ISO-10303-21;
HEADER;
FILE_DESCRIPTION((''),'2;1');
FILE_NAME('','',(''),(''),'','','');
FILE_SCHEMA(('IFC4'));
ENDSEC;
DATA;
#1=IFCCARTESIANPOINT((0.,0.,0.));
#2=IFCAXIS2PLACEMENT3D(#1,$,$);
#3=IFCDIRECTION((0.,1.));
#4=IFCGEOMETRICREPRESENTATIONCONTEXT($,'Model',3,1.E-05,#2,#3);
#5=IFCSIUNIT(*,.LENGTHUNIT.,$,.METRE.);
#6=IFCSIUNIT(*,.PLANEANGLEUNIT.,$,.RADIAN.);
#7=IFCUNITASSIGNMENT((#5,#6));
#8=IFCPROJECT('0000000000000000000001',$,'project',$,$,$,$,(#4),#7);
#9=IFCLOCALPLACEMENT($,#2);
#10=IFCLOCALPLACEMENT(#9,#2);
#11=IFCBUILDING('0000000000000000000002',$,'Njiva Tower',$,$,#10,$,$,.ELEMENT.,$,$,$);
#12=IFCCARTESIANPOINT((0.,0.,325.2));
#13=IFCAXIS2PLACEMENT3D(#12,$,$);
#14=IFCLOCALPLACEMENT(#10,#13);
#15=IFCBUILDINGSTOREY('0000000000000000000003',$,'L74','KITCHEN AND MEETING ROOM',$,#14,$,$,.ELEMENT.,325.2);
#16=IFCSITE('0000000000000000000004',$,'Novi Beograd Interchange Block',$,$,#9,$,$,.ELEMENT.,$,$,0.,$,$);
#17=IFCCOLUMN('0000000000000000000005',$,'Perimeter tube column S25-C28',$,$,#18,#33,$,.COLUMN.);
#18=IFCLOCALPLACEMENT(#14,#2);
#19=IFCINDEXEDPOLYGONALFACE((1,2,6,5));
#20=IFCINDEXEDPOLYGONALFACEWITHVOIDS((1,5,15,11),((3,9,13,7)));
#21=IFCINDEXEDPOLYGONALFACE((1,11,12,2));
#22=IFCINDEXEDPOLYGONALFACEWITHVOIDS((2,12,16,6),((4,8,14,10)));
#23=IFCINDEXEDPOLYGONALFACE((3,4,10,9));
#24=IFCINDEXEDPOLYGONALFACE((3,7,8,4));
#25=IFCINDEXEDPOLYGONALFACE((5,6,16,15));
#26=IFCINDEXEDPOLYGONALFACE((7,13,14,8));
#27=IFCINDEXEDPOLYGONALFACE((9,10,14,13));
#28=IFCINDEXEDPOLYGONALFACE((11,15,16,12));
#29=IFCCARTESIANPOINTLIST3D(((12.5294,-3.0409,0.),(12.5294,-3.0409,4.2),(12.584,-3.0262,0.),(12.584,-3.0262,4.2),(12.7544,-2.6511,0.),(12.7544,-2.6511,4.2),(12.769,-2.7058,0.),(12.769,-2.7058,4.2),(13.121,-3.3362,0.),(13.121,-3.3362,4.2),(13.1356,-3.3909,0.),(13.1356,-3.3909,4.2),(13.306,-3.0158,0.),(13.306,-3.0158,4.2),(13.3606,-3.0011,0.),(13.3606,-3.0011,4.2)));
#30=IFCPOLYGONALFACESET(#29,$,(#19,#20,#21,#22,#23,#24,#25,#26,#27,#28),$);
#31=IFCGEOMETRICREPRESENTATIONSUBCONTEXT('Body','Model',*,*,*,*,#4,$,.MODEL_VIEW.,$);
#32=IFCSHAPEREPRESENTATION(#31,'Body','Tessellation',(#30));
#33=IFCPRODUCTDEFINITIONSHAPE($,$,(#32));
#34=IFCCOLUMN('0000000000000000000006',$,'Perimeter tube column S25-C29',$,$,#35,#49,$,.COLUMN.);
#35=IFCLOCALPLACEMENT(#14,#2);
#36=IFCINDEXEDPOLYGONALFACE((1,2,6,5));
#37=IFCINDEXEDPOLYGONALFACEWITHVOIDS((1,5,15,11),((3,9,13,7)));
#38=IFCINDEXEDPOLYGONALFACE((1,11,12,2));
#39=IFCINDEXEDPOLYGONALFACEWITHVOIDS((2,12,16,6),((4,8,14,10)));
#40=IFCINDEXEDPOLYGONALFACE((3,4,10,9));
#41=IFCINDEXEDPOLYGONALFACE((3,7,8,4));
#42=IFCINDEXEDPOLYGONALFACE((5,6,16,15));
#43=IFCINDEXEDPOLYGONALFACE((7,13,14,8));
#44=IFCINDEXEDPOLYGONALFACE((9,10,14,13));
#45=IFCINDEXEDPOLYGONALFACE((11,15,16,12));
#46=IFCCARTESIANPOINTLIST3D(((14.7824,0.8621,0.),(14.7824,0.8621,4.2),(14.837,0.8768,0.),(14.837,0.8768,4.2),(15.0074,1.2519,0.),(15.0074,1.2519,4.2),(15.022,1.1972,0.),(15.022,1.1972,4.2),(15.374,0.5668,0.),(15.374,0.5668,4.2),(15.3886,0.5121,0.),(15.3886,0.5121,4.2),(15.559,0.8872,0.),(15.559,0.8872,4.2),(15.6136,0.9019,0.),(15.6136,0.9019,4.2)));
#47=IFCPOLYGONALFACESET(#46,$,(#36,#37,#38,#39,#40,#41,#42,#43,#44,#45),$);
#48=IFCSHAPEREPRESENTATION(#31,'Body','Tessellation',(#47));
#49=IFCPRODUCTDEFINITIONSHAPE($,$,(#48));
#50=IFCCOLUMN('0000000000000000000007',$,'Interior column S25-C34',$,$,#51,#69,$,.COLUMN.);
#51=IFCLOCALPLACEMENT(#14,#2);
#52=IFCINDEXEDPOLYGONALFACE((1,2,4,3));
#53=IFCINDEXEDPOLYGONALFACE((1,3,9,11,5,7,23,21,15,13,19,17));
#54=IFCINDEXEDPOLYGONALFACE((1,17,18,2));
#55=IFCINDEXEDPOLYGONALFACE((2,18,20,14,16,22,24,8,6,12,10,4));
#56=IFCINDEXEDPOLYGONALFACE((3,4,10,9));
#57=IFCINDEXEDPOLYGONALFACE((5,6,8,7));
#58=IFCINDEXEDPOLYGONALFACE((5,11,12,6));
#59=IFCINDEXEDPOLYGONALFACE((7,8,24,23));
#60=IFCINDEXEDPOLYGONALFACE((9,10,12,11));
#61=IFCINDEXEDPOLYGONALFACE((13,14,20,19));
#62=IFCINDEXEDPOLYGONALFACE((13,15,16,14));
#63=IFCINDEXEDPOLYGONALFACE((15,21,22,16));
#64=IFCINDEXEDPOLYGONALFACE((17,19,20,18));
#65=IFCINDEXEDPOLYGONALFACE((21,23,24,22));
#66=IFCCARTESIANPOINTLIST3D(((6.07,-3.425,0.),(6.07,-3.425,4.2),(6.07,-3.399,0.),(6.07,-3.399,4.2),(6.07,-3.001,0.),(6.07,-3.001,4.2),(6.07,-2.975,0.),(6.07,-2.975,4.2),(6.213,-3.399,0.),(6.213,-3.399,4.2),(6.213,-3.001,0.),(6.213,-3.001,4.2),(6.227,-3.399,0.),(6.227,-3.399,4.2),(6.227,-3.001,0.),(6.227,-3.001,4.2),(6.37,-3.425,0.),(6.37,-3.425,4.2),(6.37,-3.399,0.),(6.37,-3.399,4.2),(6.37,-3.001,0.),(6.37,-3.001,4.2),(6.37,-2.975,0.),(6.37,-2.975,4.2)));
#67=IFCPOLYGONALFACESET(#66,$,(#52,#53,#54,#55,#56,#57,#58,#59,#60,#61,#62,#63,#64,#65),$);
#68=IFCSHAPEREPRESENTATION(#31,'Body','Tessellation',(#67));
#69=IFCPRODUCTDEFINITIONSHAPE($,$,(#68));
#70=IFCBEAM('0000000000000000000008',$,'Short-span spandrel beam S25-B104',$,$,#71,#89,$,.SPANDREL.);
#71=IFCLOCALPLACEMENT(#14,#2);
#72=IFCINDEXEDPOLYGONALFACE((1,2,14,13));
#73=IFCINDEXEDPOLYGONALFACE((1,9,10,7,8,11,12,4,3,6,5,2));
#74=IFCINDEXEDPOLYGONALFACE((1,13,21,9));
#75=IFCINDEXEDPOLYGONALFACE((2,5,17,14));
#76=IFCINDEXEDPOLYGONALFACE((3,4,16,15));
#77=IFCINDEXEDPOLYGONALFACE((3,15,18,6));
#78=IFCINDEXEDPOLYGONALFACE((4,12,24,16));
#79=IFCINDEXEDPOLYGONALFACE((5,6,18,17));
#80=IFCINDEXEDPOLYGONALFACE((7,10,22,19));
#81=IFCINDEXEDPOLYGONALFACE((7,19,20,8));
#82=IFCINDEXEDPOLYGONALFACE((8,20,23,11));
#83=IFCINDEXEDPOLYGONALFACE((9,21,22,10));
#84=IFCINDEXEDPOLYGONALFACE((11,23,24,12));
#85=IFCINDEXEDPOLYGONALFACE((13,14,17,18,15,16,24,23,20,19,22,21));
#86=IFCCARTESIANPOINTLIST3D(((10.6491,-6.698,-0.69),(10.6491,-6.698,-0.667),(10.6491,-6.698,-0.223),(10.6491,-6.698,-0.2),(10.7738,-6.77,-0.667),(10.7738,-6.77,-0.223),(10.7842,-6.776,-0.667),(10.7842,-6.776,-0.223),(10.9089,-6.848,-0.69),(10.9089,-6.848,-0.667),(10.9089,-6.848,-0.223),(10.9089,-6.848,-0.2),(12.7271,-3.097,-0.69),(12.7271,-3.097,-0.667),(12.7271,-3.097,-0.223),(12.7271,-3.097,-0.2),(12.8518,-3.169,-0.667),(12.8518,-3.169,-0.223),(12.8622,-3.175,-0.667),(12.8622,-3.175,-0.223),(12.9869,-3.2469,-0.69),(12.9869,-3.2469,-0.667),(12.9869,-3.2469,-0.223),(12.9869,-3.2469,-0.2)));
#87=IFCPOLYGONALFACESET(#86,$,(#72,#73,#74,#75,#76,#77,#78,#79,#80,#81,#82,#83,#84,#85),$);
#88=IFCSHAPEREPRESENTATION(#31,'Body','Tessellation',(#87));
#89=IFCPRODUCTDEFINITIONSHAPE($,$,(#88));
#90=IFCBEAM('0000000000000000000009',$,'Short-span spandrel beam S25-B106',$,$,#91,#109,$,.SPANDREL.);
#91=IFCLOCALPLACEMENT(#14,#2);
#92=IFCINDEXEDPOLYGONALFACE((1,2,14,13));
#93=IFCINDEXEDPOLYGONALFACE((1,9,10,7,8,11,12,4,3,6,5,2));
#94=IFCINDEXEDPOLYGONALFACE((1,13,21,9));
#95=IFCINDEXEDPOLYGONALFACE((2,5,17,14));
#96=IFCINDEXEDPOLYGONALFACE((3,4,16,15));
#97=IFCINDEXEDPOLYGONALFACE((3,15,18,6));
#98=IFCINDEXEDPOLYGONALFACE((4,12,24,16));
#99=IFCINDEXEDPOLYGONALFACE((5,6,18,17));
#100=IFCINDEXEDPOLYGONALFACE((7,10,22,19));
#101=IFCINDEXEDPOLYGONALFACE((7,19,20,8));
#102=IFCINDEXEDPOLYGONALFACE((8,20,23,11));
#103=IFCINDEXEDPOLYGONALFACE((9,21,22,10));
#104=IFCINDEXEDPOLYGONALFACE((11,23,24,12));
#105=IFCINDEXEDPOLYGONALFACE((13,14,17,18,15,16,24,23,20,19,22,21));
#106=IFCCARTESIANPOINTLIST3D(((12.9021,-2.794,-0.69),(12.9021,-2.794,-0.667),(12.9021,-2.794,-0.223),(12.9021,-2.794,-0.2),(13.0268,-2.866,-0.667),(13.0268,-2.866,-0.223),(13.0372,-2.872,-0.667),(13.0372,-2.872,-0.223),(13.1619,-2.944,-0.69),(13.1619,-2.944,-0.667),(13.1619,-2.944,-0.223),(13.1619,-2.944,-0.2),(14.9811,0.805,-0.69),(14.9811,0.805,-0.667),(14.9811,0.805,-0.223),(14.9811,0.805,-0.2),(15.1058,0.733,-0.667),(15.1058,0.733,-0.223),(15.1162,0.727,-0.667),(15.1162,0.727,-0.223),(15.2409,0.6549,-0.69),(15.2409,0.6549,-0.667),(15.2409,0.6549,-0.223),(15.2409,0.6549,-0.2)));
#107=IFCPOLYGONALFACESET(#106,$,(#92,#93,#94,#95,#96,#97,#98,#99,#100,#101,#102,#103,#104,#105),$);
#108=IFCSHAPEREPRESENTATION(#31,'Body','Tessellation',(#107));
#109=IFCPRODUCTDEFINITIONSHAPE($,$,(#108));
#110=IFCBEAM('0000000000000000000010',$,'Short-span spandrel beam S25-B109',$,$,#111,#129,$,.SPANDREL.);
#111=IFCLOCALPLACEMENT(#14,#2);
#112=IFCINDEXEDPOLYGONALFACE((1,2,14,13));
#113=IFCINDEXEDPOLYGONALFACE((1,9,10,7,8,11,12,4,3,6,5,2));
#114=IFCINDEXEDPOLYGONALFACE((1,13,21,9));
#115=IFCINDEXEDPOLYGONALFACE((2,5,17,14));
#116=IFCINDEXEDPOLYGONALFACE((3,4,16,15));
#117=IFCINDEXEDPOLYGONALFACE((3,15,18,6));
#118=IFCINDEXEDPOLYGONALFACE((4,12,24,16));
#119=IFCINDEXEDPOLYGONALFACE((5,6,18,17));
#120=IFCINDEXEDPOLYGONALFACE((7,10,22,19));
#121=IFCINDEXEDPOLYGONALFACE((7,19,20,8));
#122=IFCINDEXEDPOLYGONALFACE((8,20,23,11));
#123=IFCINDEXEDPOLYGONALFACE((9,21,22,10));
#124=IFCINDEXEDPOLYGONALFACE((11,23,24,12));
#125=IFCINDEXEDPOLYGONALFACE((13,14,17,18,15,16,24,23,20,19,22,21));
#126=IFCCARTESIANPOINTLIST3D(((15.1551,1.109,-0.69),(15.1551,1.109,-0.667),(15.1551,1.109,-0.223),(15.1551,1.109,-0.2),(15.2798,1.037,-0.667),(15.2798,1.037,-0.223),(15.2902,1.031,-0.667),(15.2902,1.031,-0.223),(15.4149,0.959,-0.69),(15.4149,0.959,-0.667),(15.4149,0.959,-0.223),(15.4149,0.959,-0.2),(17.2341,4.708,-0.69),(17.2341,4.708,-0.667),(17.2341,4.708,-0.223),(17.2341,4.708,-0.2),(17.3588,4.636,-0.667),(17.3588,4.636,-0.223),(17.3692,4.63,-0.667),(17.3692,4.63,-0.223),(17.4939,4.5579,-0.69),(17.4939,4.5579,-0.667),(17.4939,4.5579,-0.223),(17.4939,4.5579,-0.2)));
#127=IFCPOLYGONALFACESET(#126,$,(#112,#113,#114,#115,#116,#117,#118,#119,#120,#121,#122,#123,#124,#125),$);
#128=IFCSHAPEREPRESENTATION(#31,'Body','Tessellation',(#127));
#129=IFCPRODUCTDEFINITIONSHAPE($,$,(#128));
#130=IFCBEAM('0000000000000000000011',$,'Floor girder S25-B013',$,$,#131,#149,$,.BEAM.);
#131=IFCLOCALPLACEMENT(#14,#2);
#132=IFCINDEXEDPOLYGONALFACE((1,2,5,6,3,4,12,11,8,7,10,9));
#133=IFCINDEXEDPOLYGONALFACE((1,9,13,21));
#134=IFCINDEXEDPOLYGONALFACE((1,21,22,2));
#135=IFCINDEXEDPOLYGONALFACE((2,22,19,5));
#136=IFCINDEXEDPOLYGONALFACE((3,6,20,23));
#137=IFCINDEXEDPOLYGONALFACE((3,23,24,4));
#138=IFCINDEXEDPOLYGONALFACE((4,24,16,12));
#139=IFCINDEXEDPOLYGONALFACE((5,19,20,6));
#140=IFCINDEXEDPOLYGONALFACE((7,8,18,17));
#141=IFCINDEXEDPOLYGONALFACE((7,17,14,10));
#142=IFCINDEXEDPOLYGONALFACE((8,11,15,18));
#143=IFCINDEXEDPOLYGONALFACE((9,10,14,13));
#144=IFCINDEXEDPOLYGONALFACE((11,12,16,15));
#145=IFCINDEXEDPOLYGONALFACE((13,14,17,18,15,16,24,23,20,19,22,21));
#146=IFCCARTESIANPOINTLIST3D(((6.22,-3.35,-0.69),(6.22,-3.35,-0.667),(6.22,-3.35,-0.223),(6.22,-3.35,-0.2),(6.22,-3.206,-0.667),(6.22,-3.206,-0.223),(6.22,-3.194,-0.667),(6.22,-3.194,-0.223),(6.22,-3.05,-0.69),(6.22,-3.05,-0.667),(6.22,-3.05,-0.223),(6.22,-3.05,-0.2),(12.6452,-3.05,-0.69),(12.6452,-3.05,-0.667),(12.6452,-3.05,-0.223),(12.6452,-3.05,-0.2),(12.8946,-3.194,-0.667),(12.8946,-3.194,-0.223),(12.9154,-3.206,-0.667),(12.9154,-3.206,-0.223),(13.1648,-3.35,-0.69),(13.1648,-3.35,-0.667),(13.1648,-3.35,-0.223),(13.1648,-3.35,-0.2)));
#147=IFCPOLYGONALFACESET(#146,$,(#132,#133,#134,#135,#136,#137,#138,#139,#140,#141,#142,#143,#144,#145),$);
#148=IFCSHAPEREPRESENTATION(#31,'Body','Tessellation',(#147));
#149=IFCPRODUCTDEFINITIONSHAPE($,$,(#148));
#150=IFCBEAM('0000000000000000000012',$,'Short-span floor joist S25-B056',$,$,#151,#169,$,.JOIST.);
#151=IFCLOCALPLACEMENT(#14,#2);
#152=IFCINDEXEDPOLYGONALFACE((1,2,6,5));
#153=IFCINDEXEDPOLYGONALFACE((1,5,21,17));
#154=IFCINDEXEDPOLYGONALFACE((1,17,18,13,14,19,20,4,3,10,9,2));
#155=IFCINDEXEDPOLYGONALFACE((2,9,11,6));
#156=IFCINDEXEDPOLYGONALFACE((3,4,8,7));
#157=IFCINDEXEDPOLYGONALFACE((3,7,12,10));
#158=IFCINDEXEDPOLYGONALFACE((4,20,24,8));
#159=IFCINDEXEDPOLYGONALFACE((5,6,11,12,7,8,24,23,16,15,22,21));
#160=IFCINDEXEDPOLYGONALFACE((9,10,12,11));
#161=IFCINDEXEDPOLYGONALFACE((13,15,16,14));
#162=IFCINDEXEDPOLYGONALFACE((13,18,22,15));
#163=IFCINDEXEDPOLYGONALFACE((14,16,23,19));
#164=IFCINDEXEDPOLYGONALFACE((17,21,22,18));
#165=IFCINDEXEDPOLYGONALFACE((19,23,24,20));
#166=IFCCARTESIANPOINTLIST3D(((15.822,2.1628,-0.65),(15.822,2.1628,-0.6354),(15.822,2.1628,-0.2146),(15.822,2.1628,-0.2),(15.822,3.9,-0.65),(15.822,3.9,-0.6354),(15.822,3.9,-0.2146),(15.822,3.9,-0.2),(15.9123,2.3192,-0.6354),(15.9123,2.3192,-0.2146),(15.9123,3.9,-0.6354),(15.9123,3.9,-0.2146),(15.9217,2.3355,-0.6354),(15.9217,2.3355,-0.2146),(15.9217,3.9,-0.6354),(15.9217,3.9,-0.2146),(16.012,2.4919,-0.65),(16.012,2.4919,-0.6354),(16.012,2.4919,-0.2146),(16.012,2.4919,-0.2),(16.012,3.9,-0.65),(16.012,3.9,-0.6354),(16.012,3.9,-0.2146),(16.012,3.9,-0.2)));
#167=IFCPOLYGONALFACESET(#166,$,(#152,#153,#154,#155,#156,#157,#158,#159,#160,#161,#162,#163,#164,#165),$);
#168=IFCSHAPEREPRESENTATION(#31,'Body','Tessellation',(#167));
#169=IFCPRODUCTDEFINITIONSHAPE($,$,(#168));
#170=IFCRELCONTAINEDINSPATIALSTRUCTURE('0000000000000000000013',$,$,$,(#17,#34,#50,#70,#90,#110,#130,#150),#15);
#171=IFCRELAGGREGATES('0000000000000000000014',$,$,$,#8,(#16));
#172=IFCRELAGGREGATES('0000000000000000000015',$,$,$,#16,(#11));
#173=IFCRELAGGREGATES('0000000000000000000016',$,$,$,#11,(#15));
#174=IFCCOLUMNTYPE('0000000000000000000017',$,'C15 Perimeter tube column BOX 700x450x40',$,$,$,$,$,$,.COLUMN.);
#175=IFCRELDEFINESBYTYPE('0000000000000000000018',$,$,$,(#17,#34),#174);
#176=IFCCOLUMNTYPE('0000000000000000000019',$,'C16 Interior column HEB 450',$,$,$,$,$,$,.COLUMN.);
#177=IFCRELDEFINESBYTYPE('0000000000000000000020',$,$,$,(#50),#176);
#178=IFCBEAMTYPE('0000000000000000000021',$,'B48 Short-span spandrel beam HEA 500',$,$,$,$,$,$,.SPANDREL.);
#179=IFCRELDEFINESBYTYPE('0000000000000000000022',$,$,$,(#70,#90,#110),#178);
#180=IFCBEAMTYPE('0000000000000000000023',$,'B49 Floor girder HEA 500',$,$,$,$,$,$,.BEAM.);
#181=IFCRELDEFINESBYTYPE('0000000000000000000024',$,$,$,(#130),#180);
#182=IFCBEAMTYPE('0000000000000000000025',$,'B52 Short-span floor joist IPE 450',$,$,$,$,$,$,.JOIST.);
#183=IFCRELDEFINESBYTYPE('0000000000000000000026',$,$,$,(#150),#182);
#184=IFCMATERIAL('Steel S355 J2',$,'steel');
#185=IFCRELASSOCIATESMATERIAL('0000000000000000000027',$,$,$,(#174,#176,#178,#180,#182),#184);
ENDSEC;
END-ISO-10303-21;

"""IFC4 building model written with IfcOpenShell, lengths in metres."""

from ifc_helpers import new_model, si_unit, direction, frame, origin, origin_2d, place, context, subcontext, project, spatial, hollow_rectangle, i_section, extrude, clip, halfspace, material, material_profile, profile_set, type_object, element, save


model = new_model("IFC4")

# Units and contexts
model_context = context("Model", 3, precision=1e-05, world=origin(), true_north=direction((0.0, 1.0)))
body_context = subcontext(model_context, "Body", "Model", "MODEL_VIEW")
ifc_project = project(units=[si_unit("LENGTHUNIT", "METRE"), si_unit("PLANEANGLEUNIT", "RADIAN")], contexts=[model_context])

# Site, building, storey
site_placement = place(None, origin())
site = spatial("IfcSite", under=ifc_project, at=site_placement, Name="Novi Beograd Interchange Block", CompositionType="ELEMENT", RefElevation=0.0)
building_placement = place(site_placement, origin())
building = spatial("IfcBuilding", under=site, at=building_placement, Name="Njiva Tower", CompositionType="ELEMENT")
storey_placement = place(building_placement, frame((0.0, 0.0, 325.2)))
storey = spatial("IfcBuildingStorey", under=building, at=storey_placement, Name="L74", Description="KITCHEN AND MEETING ROOM", CompositionType="ELEMENT", Elevation=325.2)

# Columns
ifc_material_1 = material(Name="Steel S355 J2", Category="steel")
ifc_material_profile_1 = material_profile(ifc_material_1, hollow_rectangle(XDim=0.45, YDim=0.7, WallThickness=0.04, at=origin_2d()), Name="BOX 700x450x40")
ifc_profile_set_1 = profile_set([ifc_material_profile_1], Name="Steel S355 J2")
column_type_1 = type_object("IfcColumnType", Name="C15 Perimeter tube column BOX 700x450x40", PredefinedType="COLUMN", material=ifc_profile_set_1)
for number, where, z_axis, x_axis, name in (
    (1, (12.945, -3.021, 0.0), (0.0, 0.0, 1.0), (0.5, 0.866025, 0.0), "Perimeter tube column S25-C28"),
    (2, (15.198, 0.882, 0.0), (0.0, 0.0, 1.0), (0.5, 0.866025, 0.0), "Perimeter tube column S25-C29"),
):
    element("IfcColumn", number, at=place(storey_placement, frame(where, z_axis=z_axis, x_axis=x_axis)), inside=storey, type_object=column_type_1, Name=name, PredefinedType="COLUMN", context=body_context, shape_type="SweptSolid", body=[
        extrude(hollow_rectangle(XDim=0.45, YDim=0.7, WallThickness=0.04, at=origin_2d()), origin(), (0.0, 0.0, 1.0), 4.2),
    ])
ifc_material_profile_2 = material_profile(ifc_material_1, i_section(OverallWidth=0.3, OverallDepth=0.45, WebThickness=0.014, FlangeThickness=0.026, at=origin_2d()), Name="HEB 450")
ifc_profile_set_2 = profile_set([ifc_material_profile_2], Name="Steel S355 J2")
column_type_2 = type_object("IfcColumnType", Name="C16 Interior column HEB 450", PredefinedType="COLUMN", material=ifc_profile_set_2)
column_placement = place(storey_placement, frame((6.22, -3.2, 0.0), z_axis=(0.0, 0.0, 1.0), x_axis=(1.0, 0.0, 0.0)))
element("IfcColumn", 3, at=column_placement, inside=storey, type_object=column_type_2, Name="Interior column S25-C34", PredefinedType="COLUMN", context=body_context, shape_type="SweptSolid", body=[
    extrude(i_section(OverallWidth=0.3, OverallDepth=0.45, WebThickness=0.014, FlangeThickness=0.026, at=origin_2d()), origin(), (0.0, 0.0, 1.0), 4.2),
])

# Beams
ifc_material_profile_3 = material_profile(ifc_material_1, i_section(OverallWidth=0.3, OverallDepth=0.49, WebThickness=0.012, FlangeThickness=0.023, at=origin_2d()), Name="HEA 500")
ifc_profile_set_3 = profile_set([ifc_material_profile_3], Name="Steel S355 J2")
beam_type_1 = type_object("IfcBeamType", Name="B48 Short-span spandrel beam HEA 500", PredefinedType="SPANDREL", material=ifc_profile_set_3)
beam_1_placement = place(storey_placement, frame((10.779, -6.773, -0.445), z_axis=(0.499813, 0.866134, 0.0), x_axis=(-0.866134, 0.499813, 0.0)))
element("IfcBeam", 4, at=beam_1_placement, inside=storey, type_object=beam_type_1, Name="Short-span spandrel beam S25-B104", PredefinedType="SPANDREL", context=body_context, shape_type="SweptSolid", body=[
    extrude(i_section(OverallWidth=0.3, OverallDepth=0.49, WebThickness=0.012, FlangeThickness=0.023, at=origin_2d()), origin(), (0.0, 0.0, 1.0), 4.1576),
])
for number, where, z_axis, x_axis, name in (
    (5, (13.032, -2.869, -0.445), (0.500201, 0.865909, 0.0), (-0.865909, 0.500201, 0.0), "Short-span spandrel beam S25-B106"),
    (6, (15.285, 1.034, -0.445), (0.500201, 0.865909, 0.0), (-0.865909, 0.500201, 0.0), "Short-span spandrel beam S25-B109"),
):
    element("IfcBeam", number, at=place(storey_placement, frame(where, z_axis=z_axis, x_axis=x_axis)), inside=storey, type_object=beam_type_1, Name=name, PredefinedType="SPANDREL", context=body_context, shape_type="SweptSolid", body=[
        extrude(i_section(OverallWidth=0.3, OverallDepth=0.49, WebThickness=0.012, FlangeThickness=0.023, at=origin_2d()), origin(), (0.0, 0.0, 1.0), 4.1563),
    ])
ifc_material_profile_4 = material_profile(ifc_material_1, i_section(OverallWidth=0.3, OverallDepth=0.49, WebThickness=0.012, FlangeThickness=0.023, at=origin_2d()), Name="HEA 500")
ifc_profile_set_4 = profile_set([ifc_material_profile_4], Name="Steel S355 J2")
beam_type_2 = type_object("IfcBeamType", Name="B49 Floor girder HEA 500", PredefinedType="BEAM", material=ifc_profile_set_4)
beam_2_placement = place(storey_placement, frame((6.22, -3.2, -0.445), z_axis=(1.0, 0.0, 0.0), x_axis=(0.0, 1.0, 0.0)))
element("IfcBeam", 7, at=beam_2_placement, inside=storey, type_object=beam_type_2, Name="Floor girder S25-B013", PredefinedType="BEAM", context=body_context, shape_type="Clipping", body=[
    clip(extrude(i_section(OverallWidth=0.3, OverallDepth=0.49, WebThickness=0.012, FlangeThickness=0.023, at=origin_2d()), origin(), (0.0, 0.0, 1.0), 6.965), halfspace(frame((0.0433, 0.0, 6.61), z_axis=(0.866027, 0.0, 0.499998), x_axis=(0.0, 1.0, 0.0)), False)),
])
ifc_material_profile_5 = material_profile(ifc_material_1, i_section(OverallWidth=0.19, OverallDepth=0.45, WebThickness=0.0094, FlangeThickness=0.0146, at=origin_2d()), Name="IPE 450")
ifc_profile_set_5 = profile_set([ifc_material_profile_5], Name="Steel S355 J2")
beam_type_3 = type_object("IfcBeamType", Name="B52 Short-span floor joist IPE 450", PredefinedType="JOIST", material=ifc_profile_set_5)
beam_3_placement = place(storey_placement, frame((15.917, 3.9, -0.425), z_axis=(0.0, -1.0, 0.0), x_axis=(1.0, 0.0, 0.0)))
element("IfcBeam", 8, at=beam_3_placement, inside=storey, type_object=beam_type_3, Name="Short-span floor joist S25-B056", PredefinedType="JOIST", context=body_context, shape_type="Clipping", body=[
    clip(extrude(i_section(OverallWidth=0.19, OverallDepth=0.45, WebThickness=0.0094, FlangeThickness=0.0146, at=origin_2d()), origin(), (0.0, 0.0, 1.0), 1.758), halfspace(frame((0.043, 0.0, 1.4982), z_axis=(0.866027, 0.0, 0.499998), x_axis=(0.0, 1.0, 0.0)), False)),
])

save(model, "model.ifc")
